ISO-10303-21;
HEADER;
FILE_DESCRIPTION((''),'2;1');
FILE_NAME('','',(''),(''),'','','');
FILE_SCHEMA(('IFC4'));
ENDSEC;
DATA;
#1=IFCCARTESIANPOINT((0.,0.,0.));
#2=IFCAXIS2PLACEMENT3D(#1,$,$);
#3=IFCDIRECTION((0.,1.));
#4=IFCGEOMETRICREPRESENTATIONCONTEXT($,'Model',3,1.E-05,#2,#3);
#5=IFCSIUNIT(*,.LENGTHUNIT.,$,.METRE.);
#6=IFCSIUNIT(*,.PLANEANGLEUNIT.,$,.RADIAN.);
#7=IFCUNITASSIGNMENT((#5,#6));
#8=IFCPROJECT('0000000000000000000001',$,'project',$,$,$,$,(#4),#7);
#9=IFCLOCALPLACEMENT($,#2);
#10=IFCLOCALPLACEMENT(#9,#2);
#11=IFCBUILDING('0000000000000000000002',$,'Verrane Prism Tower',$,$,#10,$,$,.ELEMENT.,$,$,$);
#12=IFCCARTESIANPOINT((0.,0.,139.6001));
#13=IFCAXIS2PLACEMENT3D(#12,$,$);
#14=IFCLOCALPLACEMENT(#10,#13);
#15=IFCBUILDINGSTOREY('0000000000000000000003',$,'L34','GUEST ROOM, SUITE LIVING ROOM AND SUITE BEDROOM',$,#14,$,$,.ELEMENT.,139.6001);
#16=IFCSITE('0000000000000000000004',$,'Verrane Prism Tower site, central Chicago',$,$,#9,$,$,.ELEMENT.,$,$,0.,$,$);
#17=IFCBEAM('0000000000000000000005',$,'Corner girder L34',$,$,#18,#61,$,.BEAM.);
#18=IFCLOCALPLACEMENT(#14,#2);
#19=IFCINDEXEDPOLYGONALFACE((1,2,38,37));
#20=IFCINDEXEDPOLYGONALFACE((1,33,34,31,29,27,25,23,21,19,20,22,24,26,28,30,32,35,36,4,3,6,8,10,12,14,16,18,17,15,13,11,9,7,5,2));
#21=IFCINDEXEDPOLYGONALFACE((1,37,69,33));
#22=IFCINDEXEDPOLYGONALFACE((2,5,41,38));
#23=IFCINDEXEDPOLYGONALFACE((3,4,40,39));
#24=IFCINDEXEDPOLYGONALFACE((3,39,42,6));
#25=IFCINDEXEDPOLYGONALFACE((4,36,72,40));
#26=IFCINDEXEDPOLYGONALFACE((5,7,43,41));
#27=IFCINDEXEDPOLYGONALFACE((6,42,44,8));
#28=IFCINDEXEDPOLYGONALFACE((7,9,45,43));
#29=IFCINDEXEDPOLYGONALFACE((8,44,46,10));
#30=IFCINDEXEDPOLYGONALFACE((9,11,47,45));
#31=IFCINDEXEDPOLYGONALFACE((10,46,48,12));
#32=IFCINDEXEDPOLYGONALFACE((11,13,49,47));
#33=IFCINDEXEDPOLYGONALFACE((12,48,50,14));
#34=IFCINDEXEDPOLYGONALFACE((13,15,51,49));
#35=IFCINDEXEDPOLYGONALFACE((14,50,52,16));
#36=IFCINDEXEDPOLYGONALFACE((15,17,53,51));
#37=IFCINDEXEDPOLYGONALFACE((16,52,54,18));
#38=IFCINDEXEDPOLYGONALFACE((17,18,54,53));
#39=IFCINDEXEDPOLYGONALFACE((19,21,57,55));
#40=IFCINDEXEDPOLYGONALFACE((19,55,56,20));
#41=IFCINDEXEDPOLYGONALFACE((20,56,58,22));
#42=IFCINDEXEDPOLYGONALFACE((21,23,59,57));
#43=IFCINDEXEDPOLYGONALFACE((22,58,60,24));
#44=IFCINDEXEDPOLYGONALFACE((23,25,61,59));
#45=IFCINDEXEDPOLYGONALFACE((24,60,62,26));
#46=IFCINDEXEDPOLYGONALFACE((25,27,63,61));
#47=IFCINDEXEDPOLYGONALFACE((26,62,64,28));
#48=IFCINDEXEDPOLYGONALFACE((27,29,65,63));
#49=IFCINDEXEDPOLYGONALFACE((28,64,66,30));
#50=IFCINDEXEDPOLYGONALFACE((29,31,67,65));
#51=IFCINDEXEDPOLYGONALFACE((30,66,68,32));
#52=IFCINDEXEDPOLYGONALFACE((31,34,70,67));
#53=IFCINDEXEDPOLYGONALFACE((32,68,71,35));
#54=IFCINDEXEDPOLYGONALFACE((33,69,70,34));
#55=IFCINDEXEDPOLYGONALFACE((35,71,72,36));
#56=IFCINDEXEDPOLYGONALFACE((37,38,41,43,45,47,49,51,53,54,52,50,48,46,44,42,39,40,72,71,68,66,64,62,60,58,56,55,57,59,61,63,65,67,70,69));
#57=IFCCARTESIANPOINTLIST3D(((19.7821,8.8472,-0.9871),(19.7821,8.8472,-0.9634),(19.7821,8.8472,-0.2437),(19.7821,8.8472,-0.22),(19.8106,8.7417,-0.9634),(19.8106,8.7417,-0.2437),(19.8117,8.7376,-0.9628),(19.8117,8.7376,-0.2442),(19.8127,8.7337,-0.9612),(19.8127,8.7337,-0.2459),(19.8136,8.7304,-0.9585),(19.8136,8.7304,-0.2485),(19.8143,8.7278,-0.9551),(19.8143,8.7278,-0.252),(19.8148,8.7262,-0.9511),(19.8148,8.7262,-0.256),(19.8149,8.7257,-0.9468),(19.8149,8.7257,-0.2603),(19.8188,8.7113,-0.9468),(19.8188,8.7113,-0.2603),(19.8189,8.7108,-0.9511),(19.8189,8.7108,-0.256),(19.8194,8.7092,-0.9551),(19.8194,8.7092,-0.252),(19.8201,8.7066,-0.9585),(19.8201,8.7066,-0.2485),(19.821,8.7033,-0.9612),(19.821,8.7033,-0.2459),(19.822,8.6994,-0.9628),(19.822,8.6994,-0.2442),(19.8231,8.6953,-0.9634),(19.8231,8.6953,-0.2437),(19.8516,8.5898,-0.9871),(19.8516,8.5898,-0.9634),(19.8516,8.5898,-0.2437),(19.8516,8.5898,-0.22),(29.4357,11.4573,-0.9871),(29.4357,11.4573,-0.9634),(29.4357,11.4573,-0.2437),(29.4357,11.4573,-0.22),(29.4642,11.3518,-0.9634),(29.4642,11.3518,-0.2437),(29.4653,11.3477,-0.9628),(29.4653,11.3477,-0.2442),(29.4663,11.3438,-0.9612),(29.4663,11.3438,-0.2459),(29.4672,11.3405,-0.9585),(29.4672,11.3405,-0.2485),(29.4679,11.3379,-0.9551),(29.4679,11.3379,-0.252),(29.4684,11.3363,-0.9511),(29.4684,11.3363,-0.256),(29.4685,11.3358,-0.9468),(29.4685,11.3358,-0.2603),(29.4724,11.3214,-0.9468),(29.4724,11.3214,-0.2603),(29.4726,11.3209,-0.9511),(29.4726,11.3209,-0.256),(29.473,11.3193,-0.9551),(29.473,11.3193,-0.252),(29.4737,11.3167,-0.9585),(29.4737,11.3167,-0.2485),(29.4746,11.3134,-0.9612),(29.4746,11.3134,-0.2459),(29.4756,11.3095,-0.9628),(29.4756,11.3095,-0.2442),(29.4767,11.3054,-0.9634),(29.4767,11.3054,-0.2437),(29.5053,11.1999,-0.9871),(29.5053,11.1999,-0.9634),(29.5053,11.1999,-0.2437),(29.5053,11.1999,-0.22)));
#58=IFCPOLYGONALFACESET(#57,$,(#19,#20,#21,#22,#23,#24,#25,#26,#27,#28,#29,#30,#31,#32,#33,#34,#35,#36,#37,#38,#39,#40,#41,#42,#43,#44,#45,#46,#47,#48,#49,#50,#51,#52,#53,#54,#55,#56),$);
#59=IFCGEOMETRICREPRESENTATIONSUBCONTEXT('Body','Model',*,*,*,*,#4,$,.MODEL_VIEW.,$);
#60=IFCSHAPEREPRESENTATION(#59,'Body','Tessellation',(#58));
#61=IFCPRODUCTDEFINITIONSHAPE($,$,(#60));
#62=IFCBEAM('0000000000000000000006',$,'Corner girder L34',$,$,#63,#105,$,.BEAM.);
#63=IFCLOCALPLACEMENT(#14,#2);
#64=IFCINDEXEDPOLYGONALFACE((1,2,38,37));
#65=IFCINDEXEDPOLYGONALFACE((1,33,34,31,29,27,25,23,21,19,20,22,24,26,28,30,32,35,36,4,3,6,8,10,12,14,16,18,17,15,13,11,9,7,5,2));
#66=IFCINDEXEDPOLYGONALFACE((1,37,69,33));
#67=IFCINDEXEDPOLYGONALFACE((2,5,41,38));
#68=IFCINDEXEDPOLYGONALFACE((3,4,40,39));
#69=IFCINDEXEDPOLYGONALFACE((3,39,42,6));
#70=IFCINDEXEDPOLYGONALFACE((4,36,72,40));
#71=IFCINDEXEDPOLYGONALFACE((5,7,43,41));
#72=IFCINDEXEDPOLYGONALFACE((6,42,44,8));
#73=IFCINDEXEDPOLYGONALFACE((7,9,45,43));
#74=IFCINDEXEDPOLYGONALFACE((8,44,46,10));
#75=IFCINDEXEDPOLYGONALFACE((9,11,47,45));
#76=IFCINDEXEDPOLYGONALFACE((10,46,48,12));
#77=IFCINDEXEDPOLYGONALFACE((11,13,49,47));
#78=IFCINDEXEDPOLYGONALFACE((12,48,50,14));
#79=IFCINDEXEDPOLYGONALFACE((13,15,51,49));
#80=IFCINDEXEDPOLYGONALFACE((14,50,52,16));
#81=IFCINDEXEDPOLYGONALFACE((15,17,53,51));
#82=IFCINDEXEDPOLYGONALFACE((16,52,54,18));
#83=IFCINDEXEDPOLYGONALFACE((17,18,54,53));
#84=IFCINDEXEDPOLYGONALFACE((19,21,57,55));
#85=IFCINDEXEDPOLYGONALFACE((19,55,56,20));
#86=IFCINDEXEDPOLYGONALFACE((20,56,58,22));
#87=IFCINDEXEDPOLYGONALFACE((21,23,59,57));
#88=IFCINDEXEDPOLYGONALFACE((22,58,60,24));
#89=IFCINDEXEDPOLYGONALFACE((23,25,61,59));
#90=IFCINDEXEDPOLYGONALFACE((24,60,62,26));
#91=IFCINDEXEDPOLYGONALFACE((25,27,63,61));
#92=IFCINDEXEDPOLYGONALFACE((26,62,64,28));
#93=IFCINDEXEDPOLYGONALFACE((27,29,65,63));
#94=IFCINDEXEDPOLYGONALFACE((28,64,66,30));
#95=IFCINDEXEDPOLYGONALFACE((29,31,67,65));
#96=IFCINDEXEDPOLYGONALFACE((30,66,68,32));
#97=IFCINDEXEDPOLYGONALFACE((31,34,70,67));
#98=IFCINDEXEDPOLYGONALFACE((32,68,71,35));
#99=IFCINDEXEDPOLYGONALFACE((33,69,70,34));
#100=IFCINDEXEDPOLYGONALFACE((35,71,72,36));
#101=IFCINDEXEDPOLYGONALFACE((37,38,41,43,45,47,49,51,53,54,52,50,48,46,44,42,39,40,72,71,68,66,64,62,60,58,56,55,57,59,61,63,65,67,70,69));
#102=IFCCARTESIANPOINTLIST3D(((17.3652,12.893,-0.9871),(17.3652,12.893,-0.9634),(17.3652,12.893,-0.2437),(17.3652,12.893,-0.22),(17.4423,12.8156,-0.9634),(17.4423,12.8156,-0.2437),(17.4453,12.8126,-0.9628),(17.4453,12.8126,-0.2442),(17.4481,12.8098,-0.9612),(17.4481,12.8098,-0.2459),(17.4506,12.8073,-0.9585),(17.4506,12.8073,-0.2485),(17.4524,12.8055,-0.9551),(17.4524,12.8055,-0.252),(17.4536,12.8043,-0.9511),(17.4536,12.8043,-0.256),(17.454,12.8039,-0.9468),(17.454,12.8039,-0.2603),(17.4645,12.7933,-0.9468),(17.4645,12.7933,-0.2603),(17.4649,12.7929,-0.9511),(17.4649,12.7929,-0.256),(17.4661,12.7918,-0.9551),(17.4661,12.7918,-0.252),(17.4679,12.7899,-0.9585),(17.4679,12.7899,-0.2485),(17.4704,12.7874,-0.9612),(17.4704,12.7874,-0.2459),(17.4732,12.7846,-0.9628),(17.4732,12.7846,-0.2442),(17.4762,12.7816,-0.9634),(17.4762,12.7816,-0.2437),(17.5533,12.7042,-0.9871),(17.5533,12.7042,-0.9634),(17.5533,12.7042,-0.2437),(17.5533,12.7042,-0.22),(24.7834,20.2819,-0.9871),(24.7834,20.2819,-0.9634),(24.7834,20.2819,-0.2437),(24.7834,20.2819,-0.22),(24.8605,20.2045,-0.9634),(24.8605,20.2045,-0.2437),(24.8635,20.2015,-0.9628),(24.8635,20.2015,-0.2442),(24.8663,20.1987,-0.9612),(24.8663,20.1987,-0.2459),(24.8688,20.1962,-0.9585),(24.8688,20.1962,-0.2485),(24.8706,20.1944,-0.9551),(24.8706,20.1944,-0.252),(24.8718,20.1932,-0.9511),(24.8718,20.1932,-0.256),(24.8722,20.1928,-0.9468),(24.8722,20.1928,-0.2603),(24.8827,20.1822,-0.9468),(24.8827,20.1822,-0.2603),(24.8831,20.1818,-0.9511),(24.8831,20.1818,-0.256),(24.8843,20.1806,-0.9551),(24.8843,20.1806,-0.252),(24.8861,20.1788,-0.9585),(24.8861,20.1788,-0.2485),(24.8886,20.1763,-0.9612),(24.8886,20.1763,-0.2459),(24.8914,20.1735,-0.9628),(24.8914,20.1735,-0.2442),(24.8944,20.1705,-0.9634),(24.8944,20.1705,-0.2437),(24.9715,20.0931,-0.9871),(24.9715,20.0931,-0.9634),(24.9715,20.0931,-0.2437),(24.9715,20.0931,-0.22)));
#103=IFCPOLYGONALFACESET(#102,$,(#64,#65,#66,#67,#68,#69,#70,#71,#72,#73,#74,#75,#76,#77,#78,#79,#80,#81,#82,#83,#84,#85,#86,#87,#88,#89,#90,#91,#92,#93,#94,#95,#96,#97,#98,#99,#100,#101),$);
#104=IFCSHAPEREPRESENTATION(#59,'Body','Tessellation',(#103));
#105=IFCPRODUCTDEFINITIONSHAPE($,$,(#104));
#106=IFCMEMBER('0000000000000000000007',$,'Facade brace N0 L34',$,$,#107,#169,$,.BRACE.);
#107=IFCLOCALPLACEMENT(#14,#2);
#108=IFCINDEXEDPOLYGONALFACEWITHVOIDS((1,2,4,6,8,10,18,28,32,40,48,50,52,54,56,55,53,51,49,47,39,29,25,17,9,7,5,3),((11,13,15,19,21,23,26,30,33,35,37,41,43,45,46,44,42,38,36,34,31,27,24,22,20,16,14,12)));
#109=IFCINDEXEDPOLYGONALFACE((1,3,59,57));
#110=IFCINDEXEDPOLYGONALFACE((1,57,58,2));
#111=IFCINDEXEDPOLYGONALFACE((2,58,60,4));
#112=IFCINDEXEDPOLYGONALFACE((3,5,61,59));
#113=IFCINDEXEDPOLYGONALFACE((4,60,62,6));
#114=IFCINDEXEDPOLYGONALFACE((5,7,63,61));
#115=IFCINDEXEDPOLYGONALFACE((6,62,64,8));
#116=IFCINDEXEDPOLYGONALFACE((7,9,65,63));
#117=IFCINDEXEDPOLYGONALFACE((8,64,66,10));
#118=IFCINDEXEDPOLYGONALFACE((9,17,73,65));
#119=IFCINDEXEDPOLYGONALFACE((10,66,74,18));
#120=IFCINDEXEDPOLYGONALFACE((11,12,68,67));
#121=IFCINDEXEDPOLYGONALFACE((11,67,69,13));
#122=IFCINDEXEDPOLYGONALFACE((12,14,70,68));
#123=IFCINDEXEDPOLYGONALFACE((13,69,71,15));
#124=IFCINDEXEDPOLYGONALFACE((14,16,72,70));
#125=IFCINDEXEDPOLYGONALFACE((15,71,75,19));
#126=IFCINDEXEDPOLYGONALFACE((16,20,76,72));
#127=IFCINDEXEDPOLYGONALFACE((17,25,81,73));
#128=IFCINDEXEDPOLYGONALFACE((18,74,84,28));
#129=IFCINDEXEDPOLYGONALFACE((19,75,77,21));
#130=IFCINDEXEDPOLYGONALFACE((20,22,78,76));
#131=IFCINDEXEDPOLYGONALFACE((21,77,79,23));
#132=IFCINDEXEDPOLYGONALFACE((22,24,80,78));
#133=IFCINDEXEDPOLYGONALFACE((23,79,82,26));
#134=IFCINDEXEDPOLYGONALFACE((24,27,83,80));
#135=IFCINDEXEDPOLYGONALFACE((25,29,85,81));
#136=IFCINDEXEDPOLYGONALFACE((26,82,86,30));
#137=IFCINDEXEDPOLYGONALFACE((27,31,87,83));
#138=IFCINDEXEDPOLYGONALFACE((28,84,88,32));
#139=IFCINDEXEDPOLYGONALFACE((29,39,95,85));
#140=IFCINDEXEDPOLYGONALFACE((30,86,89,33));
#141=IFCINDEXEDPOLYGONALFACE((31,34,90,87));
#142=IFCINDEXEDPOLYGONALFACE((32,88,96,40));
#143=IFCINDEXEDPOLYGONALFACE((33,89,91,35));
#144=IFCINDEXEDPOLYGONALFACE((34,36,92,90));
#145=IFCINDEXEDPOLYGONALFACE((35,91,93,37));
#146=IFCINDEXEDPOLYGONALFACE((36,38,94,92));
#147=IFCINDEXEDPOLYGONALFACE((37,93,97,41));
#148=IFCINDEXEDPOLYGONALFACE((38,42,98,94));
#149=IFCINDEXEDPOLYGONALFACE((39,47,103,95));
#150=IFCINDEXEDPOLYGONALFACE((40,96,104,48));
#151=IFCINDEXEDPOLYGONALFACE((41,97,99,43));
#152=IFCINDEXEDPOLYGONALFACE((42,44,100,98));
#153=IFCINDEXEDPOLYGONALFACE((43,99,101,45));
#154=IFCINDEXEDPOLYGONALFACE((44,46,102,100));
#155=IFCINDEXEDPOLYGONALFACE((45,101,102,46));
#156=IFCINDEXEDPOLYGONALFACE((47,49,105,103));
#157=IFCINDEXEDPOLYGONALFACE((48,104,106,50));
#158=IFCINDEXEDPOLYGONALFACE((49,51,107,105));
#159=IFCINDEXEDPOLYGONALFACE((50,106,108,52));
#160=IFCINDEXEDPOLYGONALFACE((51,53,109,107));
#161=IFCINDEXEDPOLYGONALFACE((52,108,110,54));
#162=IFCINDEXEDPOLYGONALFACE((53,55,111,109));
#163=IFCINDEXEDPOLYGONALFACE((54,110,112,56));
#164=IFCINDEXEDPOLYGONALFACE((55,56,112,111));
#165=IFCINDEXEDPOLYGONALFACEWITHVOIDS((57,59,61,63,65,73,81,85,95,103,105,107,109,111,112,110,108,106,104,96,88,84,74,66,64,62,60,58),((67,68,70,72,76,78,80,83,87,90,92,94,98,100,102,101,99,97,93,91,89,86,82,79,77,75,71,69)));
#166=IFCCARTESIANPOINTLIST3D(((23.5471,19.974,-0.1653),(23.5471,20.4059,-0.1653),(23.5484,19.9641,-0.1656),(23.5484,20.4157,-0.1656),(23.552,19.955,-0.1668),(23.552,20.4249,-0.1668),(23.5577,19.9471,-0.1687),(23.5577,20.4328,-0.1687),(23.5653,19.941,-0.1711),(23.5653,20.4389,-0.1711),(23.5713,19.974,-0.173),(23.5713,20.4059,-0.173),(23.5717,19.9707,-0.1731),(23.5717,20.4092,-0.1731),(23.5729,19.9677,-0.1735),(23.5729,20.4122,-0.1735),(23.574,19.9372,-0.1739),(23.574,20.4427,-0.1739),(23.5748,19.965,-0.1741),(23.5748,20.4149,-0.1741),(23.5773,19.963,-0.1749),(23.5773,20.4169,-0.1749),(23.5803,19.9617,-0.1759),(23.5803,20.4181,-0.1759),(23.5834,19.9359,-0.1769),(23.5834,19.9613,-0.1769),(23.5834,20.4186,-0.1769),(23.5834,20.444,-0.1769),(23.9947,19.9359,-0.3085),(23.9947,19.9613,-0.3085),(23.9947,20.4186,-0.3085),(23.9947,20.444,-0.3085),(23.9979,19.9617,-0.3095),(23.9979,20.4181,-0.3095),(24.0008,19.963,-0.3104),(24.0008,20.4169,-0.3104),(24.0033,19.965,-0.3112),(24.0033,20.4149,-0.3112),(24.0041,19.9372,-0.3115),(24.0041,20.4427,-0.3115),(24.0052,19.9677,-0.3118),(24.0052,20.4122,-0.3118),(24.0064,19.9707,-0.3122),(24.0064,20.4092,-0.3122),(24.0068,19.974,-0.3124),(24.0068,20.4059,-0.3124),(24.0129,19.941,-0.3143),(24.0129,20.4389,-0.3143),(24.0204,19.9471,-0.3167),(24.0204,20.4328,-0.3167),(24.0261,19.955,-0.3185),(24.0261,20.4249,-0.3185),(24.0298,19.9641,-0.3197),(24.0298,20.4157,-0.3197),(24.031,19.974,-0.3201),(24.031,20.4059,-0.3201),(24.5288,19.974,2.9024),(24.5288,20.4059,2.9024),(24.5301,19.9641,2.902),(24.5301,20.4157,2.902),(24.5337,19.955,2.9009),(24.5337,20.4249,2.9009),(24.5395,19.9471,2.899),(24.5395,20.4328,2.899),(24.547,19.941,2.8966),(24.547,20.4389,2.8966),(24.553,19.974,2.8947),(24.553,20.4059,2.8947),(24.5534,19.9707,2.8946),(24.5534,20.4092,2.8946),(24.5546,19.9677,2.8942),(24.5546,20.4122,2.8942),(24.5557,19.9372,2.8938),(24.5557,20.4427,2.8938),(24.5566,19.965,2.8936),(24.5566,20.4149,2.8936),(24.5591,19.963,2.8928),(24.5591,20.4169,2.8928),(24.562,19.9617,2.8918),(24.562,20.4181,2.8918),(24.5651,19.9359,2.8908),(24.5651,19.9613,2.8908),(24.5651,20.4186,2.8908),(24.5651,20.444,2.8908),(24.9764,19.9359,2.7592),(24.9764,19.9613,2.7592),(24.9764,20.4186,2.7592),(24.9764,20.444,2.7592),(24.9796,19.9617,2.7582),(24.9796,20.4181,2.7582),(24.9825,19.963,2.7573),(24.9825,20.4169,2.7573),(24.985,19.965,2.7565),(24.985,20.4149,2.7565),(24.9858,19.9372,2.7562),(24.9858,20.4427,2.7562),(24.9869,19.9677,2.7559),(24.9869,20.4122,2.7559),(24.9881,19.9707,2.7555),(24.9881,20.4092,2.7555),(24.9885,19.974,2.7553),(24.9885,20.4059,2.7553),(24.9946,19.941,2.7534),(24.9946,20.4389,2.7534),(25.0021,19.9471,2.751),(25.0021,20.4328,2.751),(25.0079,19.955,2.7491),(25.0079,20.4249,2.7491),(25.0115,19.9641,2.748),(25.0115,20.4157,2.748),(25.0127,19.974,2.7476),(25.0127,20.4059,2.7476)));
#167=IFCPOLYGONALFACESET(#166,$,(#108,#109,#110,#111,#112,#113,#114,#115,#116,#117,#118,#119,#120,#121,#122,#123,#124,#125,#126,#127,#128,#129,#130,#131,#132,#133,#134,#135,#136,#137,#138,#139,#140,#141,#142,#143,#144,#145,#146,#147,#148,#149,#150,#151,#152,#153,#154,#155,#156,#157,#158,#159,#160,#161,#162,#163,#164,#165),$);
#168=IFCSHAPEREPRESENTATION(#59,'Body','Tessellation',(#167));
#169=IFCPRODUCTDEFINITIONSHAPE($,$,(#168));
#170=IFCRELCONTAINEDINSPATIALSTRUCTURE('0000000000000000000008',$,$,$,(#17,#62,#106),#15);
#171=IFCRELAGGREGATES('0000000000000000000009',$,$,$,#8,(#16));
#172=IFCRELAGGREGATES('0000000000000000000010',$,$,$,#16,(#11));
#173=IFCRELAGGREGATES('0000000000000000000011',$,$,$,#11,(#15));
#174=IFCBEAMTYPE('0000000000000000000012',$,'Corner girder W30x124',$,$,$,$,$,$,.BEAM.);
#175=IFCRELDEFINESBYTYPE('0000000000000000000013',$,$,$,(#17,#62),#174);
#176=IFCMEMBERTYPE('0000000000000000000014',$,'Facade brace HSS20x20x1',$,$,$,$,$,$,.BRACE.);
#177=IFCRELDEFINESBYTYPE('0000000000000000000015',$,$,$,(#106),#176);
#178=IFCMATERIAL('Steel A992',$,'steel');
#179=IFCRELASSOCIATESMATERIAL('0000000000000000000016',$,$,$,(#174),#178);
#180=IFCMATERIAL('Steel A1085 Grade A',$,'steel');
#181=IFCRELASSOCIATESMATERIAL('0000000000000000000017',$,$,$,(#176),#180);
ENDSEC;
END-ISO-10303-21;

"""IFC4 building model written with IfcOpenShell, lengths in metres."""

from ifc_helpers import new_model, si_unit, direction, frame, origin, origin_2d, place, context, subcontext, project, spatial, hollow_rectangle, i_section, extrude, material, material_profile, profile_set, type_object, element, save


model = new_model("IFC4")

# Units and contexts
model_context = context("Model", 3, precision=1e-05, world=origin(), true_north=direction((0.0, 1.0)))
body_context = subcontext(model_context, "Body", "Model", "MODEL_VIEW")
ifc_project = project(units=[si_unit("LENGTHUNIT", "METRE"), si_unit("PLANEANGLEUNIT", "RADIAN")], contexts=[model_context])

# Site, building, storey
site_placement = place(None, origin())
site = spatial("IfcSite", under=ifc_project, at=site_placement, Name="Verrane Prism Tower site, central Chicago", CompositionType="ELEMENT", RefElevation=0.0)
building_placement = place(site_placement, origin())
building = spatial("IfcBuilding", under=site, at=building_placement, Name="Verrane Prism Tower", CompositionType="ELEMENT")
storey_placement = place(building_placement, frame((0.0, 0.0, 139.6001)))
storey = spatial("IfcBuildingStorey", under=building, at=storey_placement, Name="L34", Description="GUEST ROOM, SUITE LIVING ROOM AND SUITE BEDROOM", CompositionType="ELEMENT", Elevation=139.6001)

# Beams
ifc_material_1 = material(Name="Steel A992", Category="steel")
ifc_material_profile_1 = material_profile(ifc_material_1, i_section(OverallWidth=0.2666, OverallDepth=0.7671, WebThickness=0.0149, FlangeThickness=0.0237, FilletRadius=0.0166, at=origin_2d()), Name="W30x124")
ifc_profile_set_1 = profile_set([ifc_material_profile_1], Name="Steel A992")
beam_type_1 = type_object("IfcBeamType", Name="Corner girder W30x124", PredefinedType="BEAM", material=ifc_profile_set_1)
beam_1_placement = place(storey_placement, frame((29.4705, 11.3286, -0.6035), z_axis=(-0.965337, -0.261006, 0.0), x_axis=(0.261006, -0.965337, 0.0)))
element("IfcBeam", 1, at=beam_1_placement, inside=storey, type_object=beam_type_1, Name="Corner girder L34", PredefinedType="BEAM", context=body_context, shape_type="SweptSolid", body=[
    extrude(i_section(OverallWidth=0.2666, OverallDepth=0.7671, WebThickness=0.0149, FlangeThickness=0.0237, FilletRadius=0.0166, at=origin_2d()), origin(), (0.0, 0.0, 1.0), 10.0002),
])
beam_2_placement = place(storey_placement, frame((24.8774, 20.1875, -0.6035), z_axis=(-0.708504, -0.705706, 0.0), x_axis=(0.705706, -0.708504, 0.0)))
element("IfcBeam", 2, at=beam_2_placement, inside=storey, type_object=beam_type_1, Name="Corner girder L34", PredefinedType="BEAM", context=body_context, shape_type="SweptSolid", body=[
    extrude(i_section(OverallWidth=0.2666, OverallDepth=0.7671, WebThickness=0.0149, FlangeThickness=0.0237, FilletRadius=0.0166, at=origin_2d()), origin(), (0.0, 0.0, 1.0), 10.4702),
])

# Member
ifc_material_2 = material(Name="Steel A1085 Grade A", Category="steel")
ifc_material_profile_2 = material_profile(ifc_material_2, hollow_rectangle(XDim=0.5081, YDim=0.5081, WallThickness=0.0254, InnerFilletRadius=0.0127, OuterFilletRadius=0.0381, at=origin_2d()), Name="HSS20x20x1")
ifc_profile_set_2 = profile_set([ifc_material_profile_2], Name="Steel A1085 Grade A")
member_type_1 = type_object("IfcMemberType", Name="Facade brace HSS20x20x1", PredefinedType="BRACE", material=ifc_profile_set_2)
member_1_placement = place(storey_placement, frame((23.7891, 20.1899, -0.2427), z_axis=(0.304789, 0.0, 0.95242), x_axis=(0.0, 1.0, 0.0)))
element("IfcMember", 3, at=member_1_placement, inside=storey, type_object=member_type_1, Name="Facade brace N0 L34", PredefinedType="BRACE", context=body_context, shape_type="SweptSolid", body=[
    extrude(hollow_rectangle(XDim=0.5081, YDim=0.5081, WallThickness=0.0254, InnerFilletRadius=0.0127, OuterFilletRadius=0.0381, at=origin_2d()), origin(), (0.0, 0.0, 1.0), 3.2209),
])

save(model, "model.ifc")
